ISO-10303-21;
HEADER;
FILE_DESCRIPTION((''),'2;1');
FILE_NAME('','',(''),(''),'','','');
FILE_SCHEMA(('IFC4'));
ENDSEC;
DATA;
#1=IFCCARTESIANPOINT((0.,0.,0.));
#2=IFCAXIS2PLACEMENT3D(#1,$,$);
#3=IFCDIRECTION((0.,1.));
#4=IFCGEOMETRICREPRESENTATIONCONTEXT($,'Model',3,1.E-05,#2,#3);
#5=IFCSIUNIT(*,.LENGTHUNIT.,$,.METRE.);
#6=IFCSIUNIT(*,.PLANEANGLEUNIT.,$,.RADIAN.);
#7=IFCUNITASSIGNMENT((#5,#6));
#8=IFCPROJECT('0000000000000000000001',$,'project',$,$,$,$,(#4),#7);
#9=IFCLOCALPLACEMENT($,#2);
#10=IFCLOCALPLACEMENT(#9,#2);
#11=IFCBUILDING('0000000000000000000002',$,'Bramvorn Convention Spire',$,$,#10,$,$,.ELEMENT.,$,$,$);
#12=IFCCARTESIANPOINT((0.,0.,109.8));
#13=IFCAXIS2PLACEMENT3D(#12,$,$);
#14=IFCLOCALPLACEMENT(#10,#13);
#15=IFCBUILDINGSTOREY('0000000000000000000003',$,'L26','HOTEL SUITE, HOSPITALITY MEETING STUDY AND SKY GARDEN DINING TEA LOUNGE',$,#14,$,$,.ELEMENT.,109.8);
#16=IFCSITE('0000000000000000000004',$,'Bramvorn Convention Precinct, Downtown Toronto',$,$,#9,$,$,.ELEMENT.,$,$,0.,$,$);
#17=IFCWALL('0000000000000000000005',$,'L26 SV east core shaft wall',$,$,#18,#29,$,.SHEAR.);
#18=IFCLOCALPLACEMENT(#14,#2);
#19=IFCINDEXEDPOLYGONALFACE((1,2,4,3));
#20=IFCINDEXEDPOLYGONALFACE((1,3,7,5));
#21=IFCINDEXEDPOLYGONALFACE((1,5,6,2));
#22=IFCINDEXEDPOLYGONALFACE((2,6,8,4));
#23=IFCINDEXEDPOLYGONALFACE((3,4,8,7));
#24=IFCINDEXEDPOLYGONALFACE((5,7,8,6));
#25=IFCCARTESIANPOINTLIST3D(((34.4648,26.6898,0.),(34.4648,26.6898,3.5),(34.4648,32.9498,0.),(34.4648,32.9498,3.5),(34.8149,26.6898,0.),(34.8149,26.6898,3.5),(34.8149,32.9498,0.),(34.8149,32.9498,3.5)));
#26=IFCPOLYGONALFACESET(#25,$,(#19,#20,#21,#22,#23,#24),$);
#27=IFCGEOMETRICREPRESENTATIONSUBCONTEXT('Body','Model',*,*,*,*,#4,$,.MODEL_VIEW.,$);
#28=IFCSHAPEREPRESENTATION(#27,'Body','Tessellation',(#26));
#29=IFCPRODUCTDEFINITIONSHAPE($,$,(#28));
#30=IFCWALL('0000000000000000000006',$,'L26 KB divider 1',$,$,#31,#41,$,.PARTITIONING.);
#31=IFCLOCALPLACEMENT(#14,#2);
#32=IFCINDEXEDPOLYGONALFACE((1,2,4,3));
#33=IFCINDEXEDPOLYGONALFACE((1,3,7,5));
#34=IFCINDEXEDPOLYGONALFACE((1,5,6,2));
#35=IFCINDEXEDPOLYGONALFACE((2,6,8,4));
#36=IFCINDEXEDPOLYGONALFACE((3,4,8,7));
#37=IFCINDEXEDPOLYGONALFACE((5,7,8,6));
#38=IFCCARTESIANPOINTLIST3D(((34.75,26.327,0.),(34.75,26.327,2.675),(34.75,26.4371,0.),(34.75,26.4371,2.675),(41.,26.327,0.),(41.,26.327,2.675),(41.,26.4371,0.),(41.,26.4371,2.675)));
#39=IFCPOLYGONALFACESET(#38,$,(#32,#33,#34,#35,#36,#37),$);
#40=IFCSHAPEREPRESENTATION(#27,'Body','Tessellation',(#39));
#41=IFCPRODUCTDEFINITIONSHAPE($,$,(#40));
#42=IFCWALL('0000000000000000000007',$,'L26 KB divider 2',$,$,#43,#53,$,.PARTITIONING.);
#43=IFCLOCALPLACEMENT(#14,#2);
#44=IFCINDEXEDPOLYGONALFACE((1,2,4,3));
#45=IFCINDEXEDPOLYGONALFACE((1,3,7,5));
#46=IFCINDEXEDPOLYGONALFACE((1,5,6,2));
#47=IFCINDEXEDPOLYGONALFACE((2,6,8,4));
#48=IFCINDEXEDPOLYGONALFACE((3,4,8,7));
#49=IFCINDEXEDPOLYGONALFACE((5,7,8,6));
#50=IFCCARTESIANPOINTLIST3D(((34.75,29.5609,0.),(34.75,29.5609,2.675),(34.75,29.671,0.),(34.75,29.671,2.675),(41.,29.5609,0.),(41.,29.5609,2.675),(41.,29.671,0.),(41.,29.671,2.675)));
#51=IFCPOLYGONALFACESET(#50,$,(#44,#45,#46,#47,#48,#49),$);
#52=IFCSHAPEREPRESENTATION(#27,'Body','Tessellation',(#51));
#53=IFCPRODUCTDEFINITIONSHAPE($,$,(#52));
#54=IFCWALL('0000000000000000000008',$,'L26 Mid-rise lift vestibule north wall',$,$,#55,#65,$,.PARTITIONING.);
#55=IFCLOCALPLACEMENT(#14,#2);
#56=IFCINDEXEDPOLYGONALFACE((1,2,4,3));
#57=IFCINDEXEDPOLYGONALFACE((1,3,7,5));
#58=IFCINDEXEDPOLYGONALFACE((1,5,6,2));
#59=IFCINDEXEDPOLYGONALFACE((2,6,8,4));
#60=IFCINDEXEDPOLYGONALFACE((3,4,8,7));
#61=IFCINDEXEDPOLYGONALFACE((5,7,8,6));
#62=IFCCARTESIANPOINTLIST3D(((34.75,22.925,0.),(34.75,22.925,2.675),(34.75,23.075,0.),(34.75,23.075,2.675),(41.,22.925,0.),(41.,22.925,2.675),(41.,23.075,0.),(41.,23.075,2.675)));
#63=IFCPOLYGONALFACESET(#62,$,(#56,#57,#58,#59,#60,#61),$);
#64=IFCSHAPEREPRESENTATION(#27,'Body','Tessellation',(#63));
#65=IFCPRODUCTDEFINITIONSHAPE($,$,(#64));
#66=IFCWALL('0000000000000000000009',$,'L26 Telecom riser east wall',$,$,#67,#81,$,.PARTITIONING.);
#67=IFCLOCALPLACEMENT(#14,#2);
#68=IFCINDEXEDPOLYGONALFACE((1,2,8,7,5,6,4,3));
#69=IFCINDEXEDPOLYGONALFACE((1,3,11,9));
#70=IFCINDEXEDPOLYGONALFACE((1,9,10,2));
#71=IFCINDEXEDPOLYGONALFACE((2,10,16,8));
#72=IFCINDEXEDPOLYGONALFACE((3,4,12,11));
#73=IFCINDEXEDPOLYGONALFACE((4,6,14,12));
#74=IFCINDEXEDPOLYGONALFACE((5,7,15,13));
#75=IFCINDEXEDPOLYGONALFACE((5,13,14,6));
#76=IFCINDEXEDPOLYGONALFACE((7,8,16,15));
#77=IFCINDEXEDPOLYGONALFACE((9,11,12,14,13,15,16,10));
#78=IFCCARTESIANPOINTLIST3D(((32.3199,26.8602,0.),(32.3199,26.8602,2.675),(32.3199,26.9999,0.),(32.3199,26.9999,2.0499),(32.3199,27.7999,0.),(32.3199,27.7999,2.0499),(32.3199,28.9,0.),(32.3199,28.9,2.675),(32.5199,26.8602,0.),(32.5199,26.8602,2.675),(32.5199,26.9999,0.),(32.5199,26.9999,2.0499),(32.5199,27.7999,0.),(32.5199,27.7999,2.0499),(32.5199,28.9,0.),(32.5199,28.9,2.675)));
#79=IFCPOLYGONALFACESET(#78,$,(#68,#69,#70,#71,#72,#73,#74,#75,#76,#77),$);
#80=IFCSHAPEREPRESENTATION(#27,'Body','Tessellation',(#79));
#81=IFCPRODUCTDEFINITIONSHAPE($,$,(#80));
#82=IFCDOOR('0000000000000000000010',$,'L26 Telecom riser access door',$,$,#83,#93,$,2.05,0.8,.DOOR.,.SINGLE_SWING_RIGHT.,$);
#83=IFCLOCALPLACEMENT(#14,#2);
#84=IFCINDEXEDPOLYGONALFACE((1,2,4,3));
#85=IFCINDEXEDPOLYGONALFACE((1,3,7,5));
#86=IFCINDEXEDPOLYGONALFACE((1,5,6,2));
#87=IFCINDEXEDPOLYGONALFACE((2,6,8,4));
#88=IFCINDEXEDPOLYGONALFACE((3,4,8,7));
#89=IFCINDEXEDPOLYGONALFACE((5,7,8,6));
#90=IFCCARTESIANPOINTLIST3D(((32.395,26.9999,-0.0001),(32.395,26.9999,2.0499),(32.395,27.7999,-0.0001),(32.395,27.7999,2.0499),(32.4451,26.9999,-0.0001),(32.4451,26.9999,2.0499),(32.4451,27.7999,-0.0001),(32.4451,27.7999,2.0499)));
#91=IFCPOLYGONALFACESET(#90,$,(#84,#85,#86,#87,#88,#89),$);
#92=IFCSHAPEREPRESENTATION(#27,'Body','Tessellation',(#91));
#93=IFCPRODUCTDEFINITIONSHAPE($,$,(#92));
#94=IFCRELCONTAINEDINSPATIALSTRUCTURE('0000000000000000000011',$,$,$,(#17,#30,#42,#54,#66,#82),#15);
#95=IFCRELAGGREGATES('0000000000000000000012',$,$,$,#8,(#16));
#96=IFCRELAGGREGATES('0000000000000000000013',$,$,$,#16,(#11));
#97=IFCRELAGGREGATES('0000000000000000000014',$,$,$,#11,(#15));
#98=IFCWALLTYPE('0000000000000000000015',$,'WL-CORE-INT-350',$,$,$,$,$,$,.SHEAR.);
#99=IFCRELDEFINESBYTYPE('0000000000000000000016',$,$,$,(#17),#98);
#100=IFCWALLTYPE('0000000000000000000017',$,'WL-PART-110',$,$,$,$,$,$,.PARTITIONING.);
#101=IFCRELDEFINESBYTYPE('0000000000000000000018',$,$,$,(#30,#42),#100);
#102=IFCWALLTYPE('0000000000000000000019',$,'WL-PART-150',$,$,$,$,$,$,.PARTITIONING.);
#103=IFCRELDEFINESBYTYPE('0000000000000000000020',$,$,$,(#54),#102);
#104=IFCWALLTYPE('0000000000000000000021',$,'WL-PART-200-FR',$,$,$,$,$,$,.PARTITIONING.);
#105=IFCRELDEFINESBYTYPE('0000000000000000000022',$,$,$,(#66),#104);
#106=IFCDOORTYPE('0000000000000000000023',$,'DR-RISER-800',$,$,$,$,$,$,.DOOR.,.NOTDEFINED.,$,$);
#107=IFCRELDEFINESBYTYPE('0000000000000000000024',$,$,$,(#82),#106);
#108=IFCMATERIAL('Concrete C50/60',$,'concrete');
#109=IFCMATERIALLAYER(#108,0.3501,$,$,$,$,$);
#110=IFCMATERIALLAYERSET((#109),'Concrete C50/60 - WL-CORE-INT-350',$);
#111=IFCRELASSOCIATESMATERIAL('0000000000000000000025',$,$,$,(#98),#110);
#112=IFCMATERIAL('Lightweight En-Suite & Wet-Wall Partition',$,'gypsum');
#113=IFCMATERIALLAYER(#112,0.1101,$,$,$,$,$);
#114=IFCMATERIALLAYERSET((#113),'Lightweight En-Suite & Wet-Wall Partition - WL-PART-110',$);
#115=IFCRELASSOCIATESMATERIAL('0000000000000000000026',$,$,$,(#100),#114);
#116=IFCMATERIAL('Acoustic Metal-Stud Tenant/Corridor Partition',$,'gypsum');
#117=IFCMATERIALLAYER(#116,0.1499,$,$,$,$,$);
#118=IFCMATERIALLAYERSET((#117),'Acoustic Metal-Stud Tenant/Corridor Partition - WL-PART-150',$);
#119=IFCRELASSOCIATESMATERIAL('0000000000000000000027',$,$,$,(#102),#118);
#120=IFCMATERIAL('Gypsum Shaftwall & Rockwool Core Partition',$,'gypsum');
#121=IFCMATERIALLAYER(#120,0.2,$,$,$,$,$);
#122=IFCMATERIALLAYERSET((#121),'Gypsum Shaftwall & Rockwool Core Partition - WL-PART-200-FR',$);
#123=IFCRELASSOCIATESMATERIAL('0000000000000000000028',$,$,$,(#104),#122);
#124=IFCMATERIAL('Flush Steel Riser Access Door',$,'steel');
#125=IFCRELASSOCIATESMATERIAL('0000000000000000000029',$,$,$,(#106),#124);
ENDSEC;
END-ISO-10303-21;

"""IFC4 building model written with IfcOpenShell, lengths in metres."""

from ifc_helpers import new_model, si_unit, direction, frame, frame_2d, origin, place, context, subcontext, project, spatial, rectangle, extrude, material, layer, layer_set, type_object, element, fill, save


model = new_model("IFC4")

# Units and contexts
model_context = context("Model", 3, precision=1e-05, world=origin(), true_north=direction((0.0, 1.0)))
body_context = subcontext(model_context, "Body", "Model", "MODEL_VIEW")
ifc_project = project(units=[si_unit("LENGTHUNIT", "METRE"), si_unit("PLANEANGLEUNIT", "RADIAN")], contexts=[model_context])

# Site, building, storey
site_placement = place(None, origin())
site = spatial("IfcSite", under=ifc_project, at=site_placement, Name="Bramvorn Convention Precinct, Downtown Toronto", CompositionType="ELEMENT", RefElevation=0.0)
building_placement = place(site_placement, origin())
building = spatial("IfcBuilding", under=site, at=building_placement, Name="Bramvorn Convention Spire", CompositionType="ELEMENT")
storey_placement = place(building_placement, frame((0.0, 0.0, 109.8)))
storey = spatial("IfcBuildingStorey", under=building, at=storey_placement, Name="L26", Description="HOTEL SUITE, HOSPITALITY MEETING STUDY AND SKY GARDEN DINING TEA LOUNGE", CompositionType="ELEMENT", Elevation=109.8)

# Walls
ifc_material_1 = material(Name="Concrete C50/60", Category="concrete")
ifc_layer_1 = layer(ifc_material_1, 0.3501)
ifc_layer_set_1 = layer_set([ifc_layer_1], Name="Concrete C50/60 - WL-CORE-INT-350")
wall_type_1 = type_object("IfcWallType", Name="WL-CORE-INT-350", PredefinedType="SHEAR", material=ifc_layer_set_1)
wall_1_placement = place(storey_placement, frame((34.6399, 26.6899, 0.0), z_axis=(0.0, 0.0, 1.0), x_axis=(0.0, 1.0, 0.0)))
element("IfcWall", 1, at=wall_1_placement, inside=storey, type_object=wall_type_1, Name="L26 SV east core shaft wall", PredefinedType="SHEAR", context=body_context, shape_type="SweptSolid", body=[
    extrude(rectangle(XDim=6.26, YDim=0.3501, at=frame_2d((3.1299, 0.0))), origin(), (0.0, 0.0, 1.0), 3.5),
])
ifc_material_2 = material(Name="Lightweight En-Suite & Wet-Wall Partition", Category="gypsum")
ifc_layer_2 = layer(ifc_material_2, 0.1101)
ifc_layer_set_2 = layer_set([ifc_layer_2], Name="Lightweight En-Suite & Wet-Wall Partition - WL-PART-110")
wall_type_2 = type_object("IfcWallType", Name="WL-PART-110", PredefinedType="PARTITIONING", material=ifc_layer_set_2)
for number, where, z_axis, x_axis, name in (
    (2, (34.75, 26.3821, 0.0), (0.0, 0.0, 1.0), (1.0, 0.0, 0.0), "L26 KB divider 1"),
    (3, (34.75, 29.616, 0.0), (0.0, 0.0, 1.0), (1.0, 0.0, 0.0), "L26 KB divider 2"),
):
    element("IfcWall", number, at=place(storey_placement, frame(where, z_axis=z_axis, x_axis=x_axis)), inside=storey, type_object=wall_type_2, Name=name, PredefinedType="PARTITIONING", context=body_context, shape_type="SweptSolid", body=[
        extrude(rectangle(XDim=6.25, YDim=0.1101, at=frame_2d((3.125, 0.0))), origin(), (0.0, 0.0, 1.0), 2.675),
    ])
ifc_material_3 = material(Name="Acoustic Metal-Stud Tenant/Corridor Partition", Category="gypsum")
ifc_layer_3 = layer(ifc_material_3, 0.1499)
ifc_layer_set_3 = layer_set([ifc_layer_3], Name="Acoustic Metal-Stud Tenant/Corridor Partition - WL-PART-150")
wall_type_3 = type_object("IfcWallType", Name="WL-PART-150", PredefinedType="PARTITIONING", material=ifc_layer_set_3)
wall_2_placement = place(storey_placement, frame((34.75, 23.0, 0.0), z_axis=(0.0, 0.0, 1.0), x_axis=(1.0, 0.0, 0.0)))
element("IfcWall", 4, at=wall_2_placement, inside=storey, type_object=wall_type_3, Name="L26 Mid-rise lift vestibule north wall", PredefinedType="PARTITIONING", context=body_context, shape_type="SweptSolid", body=[
    extrude(rectangle(XDim=6.25, YDim=0.1499, at=frame_2d((3.125, 0.0))), origin(), (0.0, 0.0, 1.0), 2.675),
])

# Wall, opening, door
ifc_material_4 = material(Name="Gypsum Shaftwall & Rockwool Core Partition", Category="gypsum")
ifc_layer_4 = layer(ifc_material_4, 0.2)
ifc_layer_set_4 = layer_set([ifc_layer_4], Name="Gypsum Shaftwall & Rockwool Core Partition - WL-PART-200-FR")
wall_type_4 = type_object("IfcWallType", Name="WL-PART-200-FR", PredefinedType="PARTITIONING", material=ifc_layer_set_4)
wall_3_placement = place(storey_placement, frame((32.4199, 26.8601, 0.0), z_axis=(0.0, 0.0, 1.0), x_axis=(0.0, 1.0, 0.0)))
wall_3 = element("IfcWall", 5, at=wall_3_placement, inside=storey, type_object=wall_type_4, Name="L26 Telecom riser east wall", PredefinedType="PARTITIONING", context=body_context, shape_type="SweptSolid", body=[
    extrude(rectangle(XDim=2.0398, YDim=0.2, at=frame_2d((1.02, 0.0))), origin(), (0.0, 0.0, 1.0), 2.675),
])
opening_placement = place(wall_3_placement, frame((0.1399, 0.0, 0.0)))
opening = element("IfcOpeningElement", 6, at=opening_placement, cuts=wall_3, PredefinedType="OPENING", context=body_context, shape_type="SweptSolid", body=[
    extrude(rectangle(XDim=0.8, YDim=2.05, at=frame_2d((0.3999, 1.0249))), frame((0.0, 0.1099, 0.0), z_axis=(0.0, -1.0, 0.0), x_axis=(1.0, 0.0, 0.0)), (0.0, 0.0, 1.0), 0.22),
])
ifc_material_5 = material(Name="Flush Steel Riser Access Door", Category="steel")
door_type = type_object("IfcDoorType", Name="DR-RISER-800", OperationType="NOTDEFINED", PredefinedType="DOOR", material=ifc_material_5)
door_placement = place(opening_placement, origin())
door = element("IfcDoor", 7, at=door_placement, inside=storey, type_object=door_type, Name="L26 Telecom riser access door", OperationType="SINGLE_SWING_RIGHT", OverallHeight=2.05, OverallWidth=0.8, PredefinedType="DOOR", context=body_context, shape_type="SweptSolid", body=[
    extrude(rectangle(XDim=0.8, YDim=2.05, at=frame_2d((0.3999, 1.0249))), frame((0.0, 0.0249, 0.0), z_axis=(0.0, -1.0, 0.0), x_axis=(1.0, 0.0, 0.0)), (0.0, 0.0, 1.0), 0.05),
])
fill(opening, door)

save(model, "model.ifc")
